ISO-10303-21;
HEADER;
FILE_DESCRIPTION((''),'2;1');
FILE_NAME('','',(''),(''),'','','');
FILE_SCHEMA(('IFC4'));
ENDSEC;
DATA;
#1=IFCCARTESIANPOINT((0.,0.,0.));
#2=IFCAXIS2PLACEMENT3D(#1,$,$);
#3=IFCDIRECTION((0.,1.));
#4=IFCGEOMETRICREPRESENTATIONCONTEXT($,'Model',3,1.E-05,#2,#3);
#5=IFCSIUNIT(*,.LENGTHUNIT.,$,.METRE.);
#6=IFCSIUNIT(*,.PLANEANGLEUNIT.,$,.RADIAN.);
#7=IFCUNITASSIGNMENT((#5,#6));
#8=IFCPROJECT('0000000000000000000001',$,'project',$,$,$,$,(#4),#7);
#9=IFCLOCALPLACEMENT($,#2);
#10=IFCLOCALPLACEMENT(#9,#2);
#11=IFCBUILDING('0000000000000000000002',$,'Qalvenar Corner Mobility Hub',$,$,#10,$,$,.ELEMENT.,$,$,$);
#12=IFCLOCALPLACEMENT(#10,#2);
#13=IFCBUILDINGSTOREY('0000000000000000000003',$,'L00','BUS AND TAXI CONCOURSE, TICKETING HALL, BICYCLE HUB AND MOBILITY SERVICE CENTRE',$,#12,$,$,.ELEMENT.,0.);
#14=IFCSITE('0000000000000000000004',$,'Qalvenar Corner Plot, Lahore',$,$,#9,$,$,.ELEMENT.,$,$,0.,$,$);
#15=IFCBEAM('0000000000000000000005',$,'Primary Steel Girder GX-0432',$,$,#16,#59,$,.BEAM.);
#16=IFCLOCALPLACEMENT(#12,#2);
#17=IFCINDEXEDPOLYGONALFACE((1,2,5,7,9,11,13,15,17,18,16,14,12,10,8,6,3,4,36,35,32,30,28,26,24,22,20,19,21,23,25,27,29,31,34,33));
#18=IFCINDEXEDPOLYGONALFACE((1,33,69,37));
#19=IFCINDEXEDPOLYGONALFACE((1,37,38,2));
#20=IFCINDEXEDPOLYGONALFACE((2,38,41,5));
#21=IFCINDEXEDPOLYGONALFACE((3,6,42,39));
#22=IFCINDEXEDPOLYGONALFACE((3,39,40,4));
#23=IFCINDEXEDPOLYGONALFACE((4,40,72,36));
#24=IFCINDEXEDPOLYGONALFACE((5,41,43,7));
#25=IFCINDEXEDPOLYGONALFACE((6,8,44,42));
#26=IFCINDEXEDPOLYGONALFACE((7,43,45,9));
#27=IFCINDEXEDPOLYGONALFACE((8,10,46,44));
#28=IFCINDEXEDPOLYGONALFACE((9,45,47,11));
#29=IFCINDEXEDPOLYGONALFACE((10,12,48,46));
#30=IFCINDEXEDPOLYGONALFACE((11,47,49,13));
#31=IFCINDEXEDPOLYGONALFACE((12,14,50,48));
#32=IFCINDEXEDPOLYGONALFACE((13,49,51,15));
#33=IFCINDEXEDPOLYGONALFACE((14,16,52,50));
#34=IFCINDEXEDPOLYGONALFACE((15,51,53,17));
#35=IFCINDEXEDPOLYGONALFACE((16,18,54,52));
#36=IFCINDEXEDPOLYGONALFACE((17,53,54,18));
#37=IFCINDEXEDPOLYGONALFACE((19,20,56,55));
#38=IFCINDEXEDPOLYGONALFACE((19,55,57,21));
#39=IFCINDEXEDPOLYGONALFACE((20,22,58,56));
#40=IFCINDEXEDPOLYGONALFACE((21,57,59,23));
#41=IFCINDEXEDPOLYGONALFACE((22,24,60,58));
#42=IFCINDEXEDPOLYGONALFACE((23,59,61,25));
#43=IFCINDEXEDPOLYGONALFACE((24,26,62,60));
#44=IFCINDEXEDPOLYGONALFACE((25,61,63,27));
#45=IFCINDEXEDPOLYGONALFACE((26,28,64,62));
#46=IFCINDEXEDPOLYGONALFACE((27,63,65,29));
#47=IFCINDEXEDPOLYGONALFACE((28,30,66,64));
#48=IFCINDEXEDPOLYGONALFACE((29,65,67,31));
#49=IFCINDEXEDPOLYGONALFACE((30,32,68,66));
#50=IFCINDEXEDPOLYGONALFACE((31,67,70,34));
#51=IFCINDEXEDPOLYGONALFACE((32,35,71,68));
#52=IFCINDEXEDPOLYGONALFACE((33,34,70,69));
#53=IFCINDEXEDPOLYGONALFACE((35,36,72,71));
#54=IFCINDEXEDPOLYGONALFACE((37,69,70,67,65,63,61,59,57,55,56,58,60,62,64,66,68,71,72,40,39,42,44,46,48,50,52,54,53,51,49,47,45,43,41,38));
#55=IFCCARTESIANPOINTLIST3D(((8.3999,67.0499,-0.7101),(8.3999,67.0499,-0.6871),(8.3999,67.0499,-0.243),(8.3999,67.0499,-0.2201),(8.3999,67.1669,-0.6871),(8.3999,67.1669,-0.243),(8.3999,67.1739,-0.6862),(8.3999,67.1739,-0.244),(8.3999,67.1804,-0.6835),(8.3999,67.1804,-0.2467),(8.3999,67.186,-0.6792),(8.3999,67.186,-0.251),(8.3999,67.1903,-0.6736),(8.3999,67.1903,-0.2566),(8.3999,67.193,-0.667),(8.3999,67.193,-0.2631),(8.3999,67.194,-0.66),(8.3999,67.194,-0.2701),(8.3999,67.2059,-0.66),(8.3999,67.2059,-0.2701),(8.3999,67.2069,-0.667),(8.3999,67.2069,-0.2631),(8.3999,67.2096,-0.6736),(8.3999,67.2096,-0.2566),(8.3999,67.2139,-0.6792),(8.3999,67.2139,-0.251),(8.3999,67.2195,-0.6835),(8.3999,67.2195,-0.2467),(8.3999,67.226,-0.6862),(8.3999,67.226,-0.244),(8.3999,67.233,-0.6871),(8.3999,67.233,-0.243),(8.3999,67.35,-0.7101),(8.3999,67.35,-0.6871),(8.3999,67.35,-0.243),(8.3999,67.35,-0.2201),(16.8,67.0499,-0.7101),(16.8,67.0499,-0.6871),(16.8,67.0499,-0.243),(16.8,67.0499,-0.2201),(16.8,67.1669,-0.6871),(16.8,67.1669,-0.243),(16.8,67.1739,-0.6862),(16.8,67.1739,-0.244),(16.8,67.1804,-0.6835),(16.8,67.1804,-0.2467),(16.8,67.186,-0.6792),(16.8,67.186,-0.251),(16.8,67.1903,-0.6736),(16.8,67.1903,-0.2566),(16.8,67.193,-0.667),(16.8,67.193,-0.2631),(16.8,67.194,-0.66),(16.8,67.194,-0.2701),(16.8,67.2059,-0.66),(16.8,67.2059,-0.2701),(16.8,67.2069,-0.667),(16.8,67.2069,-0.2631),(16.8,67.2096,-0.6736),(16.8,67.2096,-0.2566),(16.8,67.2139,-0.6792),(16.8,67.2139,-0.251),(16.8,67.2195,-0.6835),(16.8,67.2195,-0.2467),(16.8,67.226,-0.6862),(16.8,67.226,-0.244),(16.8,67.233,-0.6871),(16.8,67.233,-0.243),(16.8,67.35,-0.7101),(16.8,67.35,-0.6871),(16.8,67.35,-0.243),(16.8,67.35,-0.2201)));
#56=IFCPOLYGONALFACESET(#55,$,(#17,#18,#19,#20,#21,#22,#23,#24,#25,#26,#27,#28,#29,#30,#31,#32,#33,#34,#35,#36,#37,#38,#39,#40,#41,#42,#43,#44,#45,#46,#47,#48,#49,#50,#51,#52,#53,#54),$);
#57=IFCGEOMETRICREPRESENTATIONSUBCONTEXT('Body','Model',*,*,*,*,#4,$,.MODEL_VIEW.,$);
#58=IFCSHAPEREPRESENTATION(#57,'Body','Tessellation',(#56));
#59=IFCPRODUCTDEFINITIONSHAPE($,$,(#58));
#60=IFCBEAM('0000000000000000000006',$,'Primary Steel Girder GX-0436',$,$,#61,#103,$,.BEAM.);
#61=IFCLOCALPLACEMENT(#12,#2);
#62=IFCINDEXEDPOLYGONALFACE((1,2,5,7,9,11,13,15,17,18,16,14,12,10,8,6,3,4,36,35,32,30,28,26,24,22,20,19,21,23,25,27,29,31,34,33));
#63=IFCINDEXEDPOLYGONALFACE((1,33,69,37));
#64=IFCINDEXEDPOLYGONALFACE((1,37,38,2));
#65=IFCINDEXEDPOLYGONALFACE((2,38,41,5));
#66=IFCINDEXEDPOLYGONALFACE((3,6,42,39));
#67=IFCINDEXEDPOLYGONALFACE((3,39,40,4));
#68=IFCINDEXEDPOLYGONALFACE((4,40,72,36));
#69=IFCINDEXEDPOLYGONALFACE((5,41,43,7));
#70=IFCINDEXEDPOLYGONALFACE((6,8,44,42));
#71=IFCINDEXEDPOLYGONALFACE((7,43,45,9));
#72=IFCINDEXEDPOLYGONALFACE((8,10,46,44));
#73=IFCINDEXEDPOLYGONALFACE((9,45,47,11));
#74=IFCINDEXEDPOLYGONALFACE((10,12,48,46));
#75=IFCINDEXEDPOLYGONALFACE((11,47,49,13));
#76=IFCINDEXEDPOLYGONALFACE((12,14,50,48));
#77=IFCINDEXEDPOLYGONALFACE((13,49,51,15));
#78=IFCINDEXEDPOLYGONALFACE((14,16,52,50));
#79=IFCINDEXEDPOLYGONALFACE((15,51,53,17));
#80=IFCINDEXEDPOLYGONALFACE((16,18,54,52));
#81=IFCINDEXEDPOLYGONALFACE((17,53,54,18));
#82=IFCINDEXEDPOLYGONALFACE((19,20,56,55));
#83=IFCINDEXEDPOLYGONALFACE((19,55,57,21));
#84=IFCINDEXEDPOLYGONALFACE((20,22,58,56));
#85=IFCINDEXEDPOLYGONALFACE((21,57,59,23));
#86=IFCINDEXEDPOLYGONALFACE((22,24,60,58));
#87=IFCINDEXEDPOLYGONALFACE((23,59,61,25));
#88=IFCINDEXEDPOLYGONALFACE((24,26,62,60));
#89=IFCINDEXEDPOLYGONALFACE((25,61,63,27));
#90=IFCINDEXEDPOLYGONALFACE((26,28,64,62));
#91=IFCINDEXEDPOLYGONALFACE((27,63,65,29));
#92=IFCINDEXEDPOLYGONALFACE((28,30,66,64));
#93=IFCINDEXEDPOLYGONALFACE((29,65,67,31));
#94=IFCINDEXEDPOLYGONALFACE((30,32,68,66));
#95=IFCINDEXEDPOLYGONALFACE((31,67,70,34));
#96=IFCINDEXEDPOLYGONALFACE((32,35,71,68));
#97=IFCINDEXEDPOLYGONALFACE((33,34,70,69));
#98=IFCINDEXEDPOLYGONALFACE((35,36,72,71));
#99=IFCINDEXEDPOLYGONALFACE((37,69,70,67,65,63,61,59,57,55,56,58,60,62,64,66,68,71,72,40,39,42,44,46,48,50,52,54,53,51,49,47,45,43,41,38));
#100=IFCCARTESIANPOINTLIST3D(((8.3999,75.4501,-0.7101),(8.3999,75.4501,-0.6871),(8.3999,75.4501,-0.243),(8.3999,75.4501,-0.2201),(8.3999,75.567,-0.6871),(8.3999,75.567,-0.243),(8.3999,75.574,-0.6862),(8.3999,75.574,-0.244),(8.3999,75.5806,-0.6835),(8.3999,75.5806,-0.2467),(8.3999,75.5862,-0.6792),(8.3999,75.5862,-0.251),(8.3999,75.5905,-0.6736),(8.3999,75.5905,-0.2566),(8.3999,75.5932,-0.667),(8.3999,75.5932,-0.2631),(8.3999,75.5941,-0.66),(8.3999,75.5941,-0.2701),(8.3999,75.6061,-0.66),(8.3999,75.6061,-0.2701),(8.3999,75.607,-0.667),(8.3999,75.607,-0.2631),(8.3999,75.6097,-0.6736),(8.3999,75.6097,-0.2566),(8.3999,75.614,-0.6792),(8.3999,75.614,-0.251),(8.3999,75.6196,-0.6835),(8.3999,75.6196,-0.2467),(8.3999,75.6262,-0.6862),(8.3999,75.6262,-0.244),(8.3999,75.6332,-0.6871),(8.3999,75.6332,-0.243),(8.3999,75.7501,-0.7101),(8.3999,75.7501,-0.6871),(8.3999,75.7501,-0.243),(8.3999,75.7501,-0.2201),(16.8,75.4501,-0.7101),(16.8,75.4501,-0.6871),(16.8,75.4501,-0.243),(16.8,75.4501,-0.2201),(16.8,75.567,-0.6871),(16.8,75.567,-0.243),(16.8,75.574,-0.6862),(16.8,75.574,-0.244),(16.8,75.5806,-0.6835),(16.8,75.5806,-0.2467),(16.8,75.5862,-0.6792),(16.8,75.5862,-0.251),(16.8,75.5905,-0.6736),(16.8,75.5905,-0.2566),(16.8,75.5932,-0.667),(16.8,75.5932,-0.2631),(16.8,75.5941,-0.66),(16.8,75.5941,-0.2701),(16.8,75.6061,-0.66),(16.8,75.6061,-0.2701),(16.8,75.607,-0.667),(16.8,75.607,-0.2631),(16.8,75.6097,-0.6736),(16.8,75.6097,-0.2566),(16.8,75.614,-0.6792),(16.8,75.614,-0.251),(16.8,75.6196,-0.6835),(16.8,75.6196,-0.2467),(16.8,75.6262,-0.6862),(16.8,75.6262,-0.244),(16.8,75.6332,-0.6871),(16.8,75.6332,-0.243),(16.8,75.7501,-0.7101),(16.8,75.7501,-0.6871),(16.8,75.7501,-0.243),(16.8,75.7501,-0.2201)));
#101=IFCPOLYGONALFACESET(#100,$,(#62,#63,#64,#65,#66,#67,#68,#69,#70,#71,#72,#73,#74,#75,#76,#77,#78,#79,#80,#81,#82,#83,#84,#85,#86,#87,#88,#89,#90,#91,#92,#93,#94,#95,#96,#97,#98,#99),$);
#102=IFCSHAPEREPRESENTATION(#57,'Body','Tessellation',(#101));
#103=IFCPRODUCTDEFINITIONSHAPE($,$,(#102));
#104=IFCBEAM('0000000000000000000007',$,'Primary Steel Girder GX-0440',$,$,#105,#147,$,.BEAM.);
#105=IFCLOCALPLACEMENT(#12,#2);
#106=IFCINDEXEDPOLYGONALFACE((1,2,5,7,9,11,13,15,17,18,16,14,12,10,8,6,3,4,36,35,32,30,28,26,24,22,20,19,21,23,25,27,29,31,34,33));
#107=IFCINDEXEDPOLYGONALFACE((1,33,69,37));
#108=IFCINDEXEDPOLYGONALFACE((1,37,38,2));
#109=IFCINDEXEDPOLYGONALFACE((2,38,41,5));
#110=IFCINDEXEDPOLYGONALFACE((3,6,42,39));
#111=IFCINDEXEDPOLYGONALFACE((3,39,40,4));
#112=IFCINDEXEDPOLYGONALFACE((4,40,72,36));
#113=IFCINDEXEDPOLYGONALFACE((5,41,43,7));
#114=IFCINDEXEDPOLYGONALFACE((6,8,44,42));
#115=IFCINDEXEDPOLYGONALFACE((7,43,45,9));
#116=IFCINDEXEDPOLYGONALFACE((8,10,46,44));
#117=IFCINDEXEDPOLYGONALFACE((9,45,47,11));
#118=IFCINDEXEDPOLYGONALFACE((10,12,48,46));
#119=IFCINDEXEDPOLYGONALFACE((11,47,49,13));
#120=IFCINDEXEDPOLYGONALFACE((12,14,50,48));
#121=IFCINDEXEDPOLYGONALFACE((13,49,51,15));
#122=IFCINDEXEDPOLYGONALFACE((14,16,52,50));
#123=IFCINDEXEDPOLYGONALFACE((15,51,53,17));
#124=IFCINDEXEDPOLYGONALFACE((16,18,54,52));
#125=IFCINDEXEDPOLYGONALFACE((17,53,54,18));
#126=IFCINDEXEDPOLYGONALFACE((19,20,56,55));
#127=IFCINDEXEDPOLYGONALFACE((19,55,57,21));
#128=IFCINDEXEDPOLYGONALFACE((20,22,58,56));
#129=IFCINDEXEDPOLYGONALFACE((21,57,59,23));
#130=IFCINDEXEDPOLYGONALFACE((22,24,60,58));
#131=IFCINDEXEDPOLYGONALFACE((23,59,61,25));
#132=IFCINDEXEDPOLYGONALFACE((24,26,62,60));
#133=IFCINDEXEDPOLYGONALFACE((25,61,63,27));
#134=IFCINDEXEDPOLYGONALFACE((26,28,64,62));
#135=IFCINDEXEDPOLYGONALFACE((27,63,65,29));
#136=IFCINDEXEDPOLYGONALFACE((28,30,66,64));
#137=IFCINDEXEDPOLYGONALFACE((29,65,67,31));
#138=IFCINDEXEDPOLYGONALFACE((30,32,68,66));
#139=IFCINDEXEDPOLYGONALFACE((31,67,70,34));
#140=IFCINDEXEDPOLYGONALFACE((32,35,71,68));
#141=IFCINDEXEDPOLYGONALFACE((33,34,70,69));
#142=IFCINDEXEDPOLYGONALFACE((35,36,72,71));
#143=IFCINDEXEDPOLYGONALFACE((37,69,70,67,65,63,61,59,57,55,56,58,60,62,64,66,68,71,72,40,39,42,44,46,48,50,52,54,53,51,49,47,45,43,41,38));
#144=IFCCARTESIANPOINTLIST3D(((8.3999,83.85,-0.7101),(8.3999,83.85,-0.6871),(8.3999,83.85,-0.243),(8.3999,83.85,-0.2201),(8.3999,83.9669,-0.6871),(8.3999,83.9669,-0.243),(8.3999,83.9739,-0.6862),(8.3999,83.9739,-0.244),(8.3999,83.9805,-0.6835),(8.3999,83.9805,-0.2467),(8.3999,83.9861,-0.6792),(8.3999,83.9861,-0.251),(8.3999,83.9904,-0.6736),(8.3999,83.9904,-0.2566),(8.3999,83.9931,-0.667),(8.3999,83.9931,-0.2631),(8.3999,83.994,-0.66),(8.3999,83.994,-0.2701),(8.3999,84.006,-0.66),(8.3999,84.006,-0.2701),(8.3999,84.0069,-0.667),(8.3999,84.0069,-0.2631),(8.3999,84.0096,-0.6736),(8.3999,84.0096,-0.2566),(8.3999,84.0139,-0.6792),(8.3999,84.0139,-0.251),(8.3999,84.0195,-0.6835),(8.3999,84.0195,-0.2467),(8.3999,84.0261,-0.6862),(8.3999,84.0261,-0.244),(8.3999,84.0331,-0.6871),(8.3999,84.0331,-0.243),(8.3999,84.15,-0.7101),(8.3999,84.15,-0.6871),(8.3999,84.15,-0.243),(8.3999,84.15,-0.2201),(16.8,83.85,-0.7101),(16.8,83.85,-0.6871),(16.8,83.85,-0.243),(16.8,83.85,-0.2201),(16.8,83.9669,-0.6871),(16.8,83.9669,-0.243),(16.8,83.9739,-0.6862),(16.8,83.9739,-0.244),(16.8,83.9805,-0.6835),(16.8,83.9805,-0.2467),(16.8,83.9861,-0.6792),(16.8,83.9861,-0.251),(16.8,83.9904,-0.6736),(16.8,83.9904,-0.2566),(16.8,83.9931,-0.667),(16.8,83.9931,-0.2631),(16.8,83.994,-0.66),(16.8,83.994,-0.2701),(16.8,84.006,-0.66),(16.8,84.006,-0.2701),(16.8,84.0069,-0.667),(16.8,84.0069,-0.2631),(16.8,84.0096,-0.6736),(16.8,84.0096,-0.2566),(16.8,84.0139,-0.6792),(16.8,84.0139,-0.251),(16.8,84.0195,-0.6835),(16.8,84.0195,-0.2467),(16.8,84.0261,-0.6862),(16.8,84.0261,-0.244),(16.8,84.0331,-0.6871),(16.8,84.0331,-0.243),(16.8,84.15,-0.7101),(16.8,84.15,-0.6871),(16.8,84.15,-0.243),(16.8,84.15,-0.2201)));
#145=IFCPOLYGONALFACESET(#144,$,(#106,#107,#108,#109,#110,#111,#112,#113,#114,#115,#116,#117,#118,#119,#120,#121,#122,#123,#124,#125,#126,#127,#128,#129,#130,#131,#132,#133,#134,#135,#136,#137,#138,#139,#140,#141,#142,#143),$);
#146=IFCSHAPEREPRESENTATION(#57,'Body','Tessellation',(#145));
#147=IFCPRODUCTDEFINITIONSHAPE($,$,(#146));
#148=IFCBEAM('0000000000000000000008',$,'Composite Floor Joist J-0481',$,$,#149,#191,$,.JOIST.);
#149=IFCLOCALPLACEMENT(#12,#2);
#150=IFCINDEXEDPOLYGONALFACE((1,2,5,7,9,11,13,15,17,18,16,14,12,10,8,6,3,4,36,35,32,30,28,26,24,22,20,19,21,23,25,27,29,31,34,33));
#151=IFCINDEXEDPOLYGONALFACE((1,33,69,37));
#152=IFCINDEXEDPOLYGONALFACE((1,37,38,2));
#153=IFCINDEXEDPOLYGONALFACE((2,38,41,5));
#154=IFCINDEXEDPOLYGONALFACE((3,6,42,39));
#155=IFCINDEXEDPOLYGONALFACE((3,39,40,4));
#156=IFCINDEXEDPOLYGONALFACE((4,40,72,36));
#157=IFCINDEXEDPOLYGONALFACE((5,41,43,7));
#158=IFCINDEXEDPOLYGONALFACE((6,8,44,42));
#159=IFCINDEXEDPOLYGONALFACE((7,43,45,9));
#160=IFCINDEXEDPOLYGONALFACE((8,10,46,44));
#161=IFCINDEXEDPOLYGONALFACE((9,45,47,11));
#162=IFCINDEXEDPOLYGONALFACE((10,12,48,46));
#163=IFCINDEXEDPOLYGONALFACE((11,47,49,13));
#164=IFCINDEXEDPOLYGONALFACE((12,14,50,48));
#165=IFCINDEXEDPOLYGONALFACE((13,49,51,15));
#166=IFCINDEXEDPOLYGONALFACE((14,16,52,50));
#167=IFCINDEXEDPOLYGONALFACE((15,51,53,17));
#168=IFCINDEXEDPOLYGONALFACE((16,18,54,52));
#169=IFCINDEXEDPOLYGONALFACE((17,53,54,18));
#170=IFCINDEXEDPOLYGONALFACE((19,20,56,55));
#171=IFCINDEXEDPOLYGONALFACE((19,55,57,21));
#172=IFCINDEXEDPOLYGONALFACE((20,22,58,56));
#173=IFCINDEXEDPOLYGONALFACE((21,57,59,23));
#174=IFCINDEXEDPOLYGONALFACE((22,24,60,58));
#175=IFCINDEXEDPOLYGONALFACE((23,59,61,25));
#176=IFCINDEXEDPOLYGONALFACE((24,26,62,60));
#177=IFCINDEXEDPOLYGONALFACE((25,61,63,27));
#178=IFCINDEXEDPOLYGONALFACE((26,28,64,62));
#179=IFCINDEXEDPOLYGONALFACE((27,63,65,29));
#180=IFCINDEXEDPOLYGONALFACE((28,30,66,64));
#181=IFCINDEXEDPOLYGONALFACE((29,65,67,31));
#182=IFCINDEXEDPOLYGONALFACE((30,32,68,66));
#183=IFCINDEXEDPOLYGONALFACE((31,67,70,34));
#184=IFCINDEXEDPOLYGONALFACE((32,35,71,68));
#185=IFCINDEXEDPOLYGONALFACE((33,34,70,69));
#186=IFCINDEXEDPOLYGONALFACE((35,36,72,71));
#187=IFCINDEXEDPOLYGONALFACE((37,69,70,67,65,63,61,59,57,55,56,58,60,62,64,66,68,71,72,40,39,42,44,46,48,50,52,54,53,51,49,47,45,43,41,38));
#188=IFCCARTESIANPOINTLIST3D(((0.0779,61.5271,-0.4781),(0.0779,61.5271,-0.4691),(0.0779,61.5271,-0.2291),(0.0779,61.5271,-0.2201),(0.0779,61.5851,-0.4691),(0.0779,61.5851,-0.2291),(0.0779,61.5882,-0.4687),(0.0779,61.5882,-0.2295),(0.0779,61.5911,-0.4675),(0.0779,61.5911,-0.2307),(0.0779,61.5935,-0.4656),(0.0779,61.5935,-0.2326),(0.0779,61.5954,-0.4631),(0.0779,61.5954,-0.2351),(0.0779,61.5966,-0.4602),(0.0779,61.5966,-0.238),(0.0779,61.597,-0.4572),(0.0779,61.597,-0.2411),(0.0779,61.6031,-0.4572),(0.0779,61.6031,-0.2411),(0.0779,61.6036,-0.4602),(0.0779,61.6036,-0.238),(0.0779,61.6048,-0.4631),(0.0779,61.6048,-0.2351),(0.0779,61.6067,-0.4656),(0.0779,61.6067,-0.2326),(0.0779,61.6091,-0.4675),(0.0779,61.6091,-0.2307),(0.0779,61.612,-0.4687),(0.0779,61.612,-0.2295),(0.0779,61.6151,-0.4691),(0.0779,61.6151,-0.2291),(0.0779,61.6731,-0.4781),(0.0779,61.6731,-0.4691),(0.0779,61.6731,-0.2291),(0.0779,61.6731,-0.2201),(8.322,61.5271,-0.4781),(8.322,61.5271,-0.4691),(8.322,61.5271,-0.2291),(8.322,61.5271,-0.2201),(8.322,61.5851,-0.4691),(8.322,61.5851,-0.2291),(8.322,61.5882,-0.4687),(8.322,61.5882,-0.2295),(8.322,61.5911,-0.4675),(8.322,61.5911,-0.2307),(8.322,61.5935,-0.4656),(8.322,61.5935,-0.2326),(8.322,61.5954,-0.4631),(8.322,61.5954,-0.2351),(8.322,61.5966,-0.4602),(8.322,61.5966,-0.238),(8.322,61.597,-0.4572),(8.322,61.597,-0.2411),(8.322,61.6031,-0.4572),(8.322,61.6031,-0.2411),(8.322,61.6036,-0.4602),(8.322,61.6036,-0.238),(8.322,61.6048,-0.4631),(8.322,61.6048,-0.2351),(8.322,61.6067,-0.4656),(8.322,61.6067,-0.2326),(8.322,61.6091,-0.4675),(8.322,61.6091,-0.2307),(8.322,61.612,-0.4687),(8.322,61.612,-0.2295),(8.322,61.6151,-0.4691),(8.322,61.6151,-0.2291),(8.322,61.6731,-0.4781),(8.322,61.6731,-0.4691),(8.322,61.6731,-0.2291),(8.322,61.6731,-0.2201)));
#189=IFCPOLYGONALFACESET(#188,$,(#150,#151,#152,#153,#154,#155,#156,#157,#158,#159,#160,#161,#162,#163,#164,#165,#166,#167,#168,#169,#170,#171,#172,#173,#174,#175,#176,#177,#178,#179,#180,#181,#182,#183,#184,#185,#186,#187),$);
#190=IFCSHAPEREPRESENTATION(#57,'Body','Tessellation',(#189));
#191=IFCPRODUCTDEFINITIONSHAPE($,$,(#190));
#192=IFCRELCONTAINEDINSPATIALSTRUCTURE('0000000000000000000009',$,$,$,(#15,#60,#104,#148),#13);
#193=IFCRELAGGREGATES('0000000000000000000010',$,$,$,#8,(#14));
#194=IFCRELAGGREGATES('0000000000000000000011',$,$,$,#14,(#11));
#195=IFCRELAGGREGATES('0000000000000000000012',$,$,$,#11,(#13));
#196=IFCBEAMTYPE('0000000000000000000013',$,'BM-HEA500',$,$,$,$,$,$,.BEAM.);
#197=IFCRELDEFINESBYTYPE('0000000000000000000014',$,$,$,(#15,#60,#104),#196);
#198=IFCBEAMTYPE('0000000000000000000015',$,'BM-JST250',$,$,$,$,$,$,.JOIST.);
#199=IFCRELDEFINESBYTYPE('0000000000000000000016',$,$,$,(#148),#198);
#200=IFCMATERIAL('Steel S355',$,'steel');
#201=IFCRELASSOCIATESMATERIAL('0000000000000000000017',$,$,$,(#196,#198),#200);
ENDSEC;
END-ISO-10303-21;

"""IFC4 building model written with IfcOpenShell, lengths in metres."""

from ifc_helpers import new_model, si_unit, direction, frame, origin, origin_2d, place, context, subcontext, project, spatial, i_section, extrude, material, material_profile, profile_set, type_object, element, save


model = new_model("IFC4")

# Units and contexts
model_context = context("Model", 3, precision=1e-05, world=origin(), true_north=direction((0.0, 1.0)))
body_context = subcontext(model_context, "Body", "Model", "MODEL_VIEW")
ifc_project = project(units=[si_unit("LENGTHUNIT", "METRE"), si_unit("PLANEANGLEUNIT", "RADIAN")], contexts=[model_context])

# Site, building, storey
site_placement = place(None, origin())
site = spatial("IfcSite", under=ifc_project, at=site_placement, Name="Qalvenar Corner Plot, Lahore", CompositionType="ELEMENT", RefElevation=0.0)
building_placement = place(site_placement, origin())
building = spatial("IfcBuilding", under=site, at=building_placement, Name="Qalvenar Corner Mobility Hub", CompositionType="ELEMENT")
storey_placement = place(building_placement, origin())
storey = spatial("IfcBuildingStorey", under=building, at=storey_placement, Name="L00", Description="BUS AND TAXI CONCOURSE, TICKETING HALL, BICYCLE HUB AND MOBILITY SERVICE CENTRE", CompositionType="ELEMENT", Elevation=0.0)

# Shared definitions
ifc_material_1 = material(Name="Steel S355", Category="steel")

# Beams
ifc_material_profile_1 = material_profile(ifc_material_1, i_section(OverallWidth=0.3, OverallDepth=0.49, WebThickness=0.012, FlangeThickness=0.0229, FilletRadius=0.0271, at=origin_2d()), Name="HEA500")
ifc_profile_set_1 = profile_set([ifc_material_profile_1], Name="Steel S355")
beam_type_1 = type_object("IfcBeamType", Name="BM-HEA500", PredefinedType="BEAM", material=ifc_profile_set_1)
for number, where, z_axis, x_axis, name in (
    (1, (8.3999, 67.2, -0.4651), (1.0, 0.0, 0.0), (0.0, 1.0, 0.0), "Primary Steel Girder GX-0432"),
    (2, (8.3999, 75.6001, -0.4651), (1.0, 0.0, 0.0), (0.0, 1.0, 0.0), "Primary Steel Girder GX-0436"),
    (3, (8.3999, 84.0, -0.4651), (1.0, 0.0, 0.0), (0.0, 1.0, 0.0), "Primary Steel Girder GX-0440"),
):
    element("IfcBeam", number, at=place(storey_placement, frame(where, z_axis=z_axis, x_axis=x_axis)), inside=storey, type_object=beam_type_1, Name=name, PredefinedType="BEAM", context=body_context, shape_type="SweptSolid", body=[
        extrude(i_section(OverallWidth=0.3, OverallDepth=0.49, WebThickness=0.012, FlangeThickness=0.0229, FilletRadius=0.0271, at=origin_2d()), origin(), (0.0, 0.0, 1.0), 8.4001),
    ])
ifc_material_profile_2 = material_profile(ifc_material_1, i_section(OverallWidth=0.146, OverallDepth=0.2581, WebThickness=0.0061, FlangeThickness=0.009, FilletRadius=0.012, at=origin_2d()), Name="W250x32.7")
ifc_profile_set_2 = profile_set([ifc_material_profile_2], Name="Steel S355")
beam_type_2 = type_object("IfcBeamType", Name="BM-JST250", PredefinedType="JOIST", material=ifc_profile_set_2)
for number, where, z_axis, x_axis, name in (
    (4, (0.0779, 61.6001, -0.3491), (1.0, 0.0, 0.0), (0.0, 1.0, 0.0), "Composite Floor Joist J-0481"),
):
    element("IfcBeam", number, at=place(storey_placement, frame(where, z_axis=z_axis, x_axis=x_axis)), inside=storey, type_object=beam_type_2, Name=name, PredefinedType="JOIST", context=body_context, shape_type="SweptSolid", body=[
        extrude(i_section(OverallWidth=0.146, OverallDepth=0.2581, WebThickness=0.0061, FlangeThickness=0.009, FilletRadius=0.012, at=origin_2d()), origin(), (0.0, 0.0, 1.0), 8.2441),
    ])

save(model, "model.ifc")
